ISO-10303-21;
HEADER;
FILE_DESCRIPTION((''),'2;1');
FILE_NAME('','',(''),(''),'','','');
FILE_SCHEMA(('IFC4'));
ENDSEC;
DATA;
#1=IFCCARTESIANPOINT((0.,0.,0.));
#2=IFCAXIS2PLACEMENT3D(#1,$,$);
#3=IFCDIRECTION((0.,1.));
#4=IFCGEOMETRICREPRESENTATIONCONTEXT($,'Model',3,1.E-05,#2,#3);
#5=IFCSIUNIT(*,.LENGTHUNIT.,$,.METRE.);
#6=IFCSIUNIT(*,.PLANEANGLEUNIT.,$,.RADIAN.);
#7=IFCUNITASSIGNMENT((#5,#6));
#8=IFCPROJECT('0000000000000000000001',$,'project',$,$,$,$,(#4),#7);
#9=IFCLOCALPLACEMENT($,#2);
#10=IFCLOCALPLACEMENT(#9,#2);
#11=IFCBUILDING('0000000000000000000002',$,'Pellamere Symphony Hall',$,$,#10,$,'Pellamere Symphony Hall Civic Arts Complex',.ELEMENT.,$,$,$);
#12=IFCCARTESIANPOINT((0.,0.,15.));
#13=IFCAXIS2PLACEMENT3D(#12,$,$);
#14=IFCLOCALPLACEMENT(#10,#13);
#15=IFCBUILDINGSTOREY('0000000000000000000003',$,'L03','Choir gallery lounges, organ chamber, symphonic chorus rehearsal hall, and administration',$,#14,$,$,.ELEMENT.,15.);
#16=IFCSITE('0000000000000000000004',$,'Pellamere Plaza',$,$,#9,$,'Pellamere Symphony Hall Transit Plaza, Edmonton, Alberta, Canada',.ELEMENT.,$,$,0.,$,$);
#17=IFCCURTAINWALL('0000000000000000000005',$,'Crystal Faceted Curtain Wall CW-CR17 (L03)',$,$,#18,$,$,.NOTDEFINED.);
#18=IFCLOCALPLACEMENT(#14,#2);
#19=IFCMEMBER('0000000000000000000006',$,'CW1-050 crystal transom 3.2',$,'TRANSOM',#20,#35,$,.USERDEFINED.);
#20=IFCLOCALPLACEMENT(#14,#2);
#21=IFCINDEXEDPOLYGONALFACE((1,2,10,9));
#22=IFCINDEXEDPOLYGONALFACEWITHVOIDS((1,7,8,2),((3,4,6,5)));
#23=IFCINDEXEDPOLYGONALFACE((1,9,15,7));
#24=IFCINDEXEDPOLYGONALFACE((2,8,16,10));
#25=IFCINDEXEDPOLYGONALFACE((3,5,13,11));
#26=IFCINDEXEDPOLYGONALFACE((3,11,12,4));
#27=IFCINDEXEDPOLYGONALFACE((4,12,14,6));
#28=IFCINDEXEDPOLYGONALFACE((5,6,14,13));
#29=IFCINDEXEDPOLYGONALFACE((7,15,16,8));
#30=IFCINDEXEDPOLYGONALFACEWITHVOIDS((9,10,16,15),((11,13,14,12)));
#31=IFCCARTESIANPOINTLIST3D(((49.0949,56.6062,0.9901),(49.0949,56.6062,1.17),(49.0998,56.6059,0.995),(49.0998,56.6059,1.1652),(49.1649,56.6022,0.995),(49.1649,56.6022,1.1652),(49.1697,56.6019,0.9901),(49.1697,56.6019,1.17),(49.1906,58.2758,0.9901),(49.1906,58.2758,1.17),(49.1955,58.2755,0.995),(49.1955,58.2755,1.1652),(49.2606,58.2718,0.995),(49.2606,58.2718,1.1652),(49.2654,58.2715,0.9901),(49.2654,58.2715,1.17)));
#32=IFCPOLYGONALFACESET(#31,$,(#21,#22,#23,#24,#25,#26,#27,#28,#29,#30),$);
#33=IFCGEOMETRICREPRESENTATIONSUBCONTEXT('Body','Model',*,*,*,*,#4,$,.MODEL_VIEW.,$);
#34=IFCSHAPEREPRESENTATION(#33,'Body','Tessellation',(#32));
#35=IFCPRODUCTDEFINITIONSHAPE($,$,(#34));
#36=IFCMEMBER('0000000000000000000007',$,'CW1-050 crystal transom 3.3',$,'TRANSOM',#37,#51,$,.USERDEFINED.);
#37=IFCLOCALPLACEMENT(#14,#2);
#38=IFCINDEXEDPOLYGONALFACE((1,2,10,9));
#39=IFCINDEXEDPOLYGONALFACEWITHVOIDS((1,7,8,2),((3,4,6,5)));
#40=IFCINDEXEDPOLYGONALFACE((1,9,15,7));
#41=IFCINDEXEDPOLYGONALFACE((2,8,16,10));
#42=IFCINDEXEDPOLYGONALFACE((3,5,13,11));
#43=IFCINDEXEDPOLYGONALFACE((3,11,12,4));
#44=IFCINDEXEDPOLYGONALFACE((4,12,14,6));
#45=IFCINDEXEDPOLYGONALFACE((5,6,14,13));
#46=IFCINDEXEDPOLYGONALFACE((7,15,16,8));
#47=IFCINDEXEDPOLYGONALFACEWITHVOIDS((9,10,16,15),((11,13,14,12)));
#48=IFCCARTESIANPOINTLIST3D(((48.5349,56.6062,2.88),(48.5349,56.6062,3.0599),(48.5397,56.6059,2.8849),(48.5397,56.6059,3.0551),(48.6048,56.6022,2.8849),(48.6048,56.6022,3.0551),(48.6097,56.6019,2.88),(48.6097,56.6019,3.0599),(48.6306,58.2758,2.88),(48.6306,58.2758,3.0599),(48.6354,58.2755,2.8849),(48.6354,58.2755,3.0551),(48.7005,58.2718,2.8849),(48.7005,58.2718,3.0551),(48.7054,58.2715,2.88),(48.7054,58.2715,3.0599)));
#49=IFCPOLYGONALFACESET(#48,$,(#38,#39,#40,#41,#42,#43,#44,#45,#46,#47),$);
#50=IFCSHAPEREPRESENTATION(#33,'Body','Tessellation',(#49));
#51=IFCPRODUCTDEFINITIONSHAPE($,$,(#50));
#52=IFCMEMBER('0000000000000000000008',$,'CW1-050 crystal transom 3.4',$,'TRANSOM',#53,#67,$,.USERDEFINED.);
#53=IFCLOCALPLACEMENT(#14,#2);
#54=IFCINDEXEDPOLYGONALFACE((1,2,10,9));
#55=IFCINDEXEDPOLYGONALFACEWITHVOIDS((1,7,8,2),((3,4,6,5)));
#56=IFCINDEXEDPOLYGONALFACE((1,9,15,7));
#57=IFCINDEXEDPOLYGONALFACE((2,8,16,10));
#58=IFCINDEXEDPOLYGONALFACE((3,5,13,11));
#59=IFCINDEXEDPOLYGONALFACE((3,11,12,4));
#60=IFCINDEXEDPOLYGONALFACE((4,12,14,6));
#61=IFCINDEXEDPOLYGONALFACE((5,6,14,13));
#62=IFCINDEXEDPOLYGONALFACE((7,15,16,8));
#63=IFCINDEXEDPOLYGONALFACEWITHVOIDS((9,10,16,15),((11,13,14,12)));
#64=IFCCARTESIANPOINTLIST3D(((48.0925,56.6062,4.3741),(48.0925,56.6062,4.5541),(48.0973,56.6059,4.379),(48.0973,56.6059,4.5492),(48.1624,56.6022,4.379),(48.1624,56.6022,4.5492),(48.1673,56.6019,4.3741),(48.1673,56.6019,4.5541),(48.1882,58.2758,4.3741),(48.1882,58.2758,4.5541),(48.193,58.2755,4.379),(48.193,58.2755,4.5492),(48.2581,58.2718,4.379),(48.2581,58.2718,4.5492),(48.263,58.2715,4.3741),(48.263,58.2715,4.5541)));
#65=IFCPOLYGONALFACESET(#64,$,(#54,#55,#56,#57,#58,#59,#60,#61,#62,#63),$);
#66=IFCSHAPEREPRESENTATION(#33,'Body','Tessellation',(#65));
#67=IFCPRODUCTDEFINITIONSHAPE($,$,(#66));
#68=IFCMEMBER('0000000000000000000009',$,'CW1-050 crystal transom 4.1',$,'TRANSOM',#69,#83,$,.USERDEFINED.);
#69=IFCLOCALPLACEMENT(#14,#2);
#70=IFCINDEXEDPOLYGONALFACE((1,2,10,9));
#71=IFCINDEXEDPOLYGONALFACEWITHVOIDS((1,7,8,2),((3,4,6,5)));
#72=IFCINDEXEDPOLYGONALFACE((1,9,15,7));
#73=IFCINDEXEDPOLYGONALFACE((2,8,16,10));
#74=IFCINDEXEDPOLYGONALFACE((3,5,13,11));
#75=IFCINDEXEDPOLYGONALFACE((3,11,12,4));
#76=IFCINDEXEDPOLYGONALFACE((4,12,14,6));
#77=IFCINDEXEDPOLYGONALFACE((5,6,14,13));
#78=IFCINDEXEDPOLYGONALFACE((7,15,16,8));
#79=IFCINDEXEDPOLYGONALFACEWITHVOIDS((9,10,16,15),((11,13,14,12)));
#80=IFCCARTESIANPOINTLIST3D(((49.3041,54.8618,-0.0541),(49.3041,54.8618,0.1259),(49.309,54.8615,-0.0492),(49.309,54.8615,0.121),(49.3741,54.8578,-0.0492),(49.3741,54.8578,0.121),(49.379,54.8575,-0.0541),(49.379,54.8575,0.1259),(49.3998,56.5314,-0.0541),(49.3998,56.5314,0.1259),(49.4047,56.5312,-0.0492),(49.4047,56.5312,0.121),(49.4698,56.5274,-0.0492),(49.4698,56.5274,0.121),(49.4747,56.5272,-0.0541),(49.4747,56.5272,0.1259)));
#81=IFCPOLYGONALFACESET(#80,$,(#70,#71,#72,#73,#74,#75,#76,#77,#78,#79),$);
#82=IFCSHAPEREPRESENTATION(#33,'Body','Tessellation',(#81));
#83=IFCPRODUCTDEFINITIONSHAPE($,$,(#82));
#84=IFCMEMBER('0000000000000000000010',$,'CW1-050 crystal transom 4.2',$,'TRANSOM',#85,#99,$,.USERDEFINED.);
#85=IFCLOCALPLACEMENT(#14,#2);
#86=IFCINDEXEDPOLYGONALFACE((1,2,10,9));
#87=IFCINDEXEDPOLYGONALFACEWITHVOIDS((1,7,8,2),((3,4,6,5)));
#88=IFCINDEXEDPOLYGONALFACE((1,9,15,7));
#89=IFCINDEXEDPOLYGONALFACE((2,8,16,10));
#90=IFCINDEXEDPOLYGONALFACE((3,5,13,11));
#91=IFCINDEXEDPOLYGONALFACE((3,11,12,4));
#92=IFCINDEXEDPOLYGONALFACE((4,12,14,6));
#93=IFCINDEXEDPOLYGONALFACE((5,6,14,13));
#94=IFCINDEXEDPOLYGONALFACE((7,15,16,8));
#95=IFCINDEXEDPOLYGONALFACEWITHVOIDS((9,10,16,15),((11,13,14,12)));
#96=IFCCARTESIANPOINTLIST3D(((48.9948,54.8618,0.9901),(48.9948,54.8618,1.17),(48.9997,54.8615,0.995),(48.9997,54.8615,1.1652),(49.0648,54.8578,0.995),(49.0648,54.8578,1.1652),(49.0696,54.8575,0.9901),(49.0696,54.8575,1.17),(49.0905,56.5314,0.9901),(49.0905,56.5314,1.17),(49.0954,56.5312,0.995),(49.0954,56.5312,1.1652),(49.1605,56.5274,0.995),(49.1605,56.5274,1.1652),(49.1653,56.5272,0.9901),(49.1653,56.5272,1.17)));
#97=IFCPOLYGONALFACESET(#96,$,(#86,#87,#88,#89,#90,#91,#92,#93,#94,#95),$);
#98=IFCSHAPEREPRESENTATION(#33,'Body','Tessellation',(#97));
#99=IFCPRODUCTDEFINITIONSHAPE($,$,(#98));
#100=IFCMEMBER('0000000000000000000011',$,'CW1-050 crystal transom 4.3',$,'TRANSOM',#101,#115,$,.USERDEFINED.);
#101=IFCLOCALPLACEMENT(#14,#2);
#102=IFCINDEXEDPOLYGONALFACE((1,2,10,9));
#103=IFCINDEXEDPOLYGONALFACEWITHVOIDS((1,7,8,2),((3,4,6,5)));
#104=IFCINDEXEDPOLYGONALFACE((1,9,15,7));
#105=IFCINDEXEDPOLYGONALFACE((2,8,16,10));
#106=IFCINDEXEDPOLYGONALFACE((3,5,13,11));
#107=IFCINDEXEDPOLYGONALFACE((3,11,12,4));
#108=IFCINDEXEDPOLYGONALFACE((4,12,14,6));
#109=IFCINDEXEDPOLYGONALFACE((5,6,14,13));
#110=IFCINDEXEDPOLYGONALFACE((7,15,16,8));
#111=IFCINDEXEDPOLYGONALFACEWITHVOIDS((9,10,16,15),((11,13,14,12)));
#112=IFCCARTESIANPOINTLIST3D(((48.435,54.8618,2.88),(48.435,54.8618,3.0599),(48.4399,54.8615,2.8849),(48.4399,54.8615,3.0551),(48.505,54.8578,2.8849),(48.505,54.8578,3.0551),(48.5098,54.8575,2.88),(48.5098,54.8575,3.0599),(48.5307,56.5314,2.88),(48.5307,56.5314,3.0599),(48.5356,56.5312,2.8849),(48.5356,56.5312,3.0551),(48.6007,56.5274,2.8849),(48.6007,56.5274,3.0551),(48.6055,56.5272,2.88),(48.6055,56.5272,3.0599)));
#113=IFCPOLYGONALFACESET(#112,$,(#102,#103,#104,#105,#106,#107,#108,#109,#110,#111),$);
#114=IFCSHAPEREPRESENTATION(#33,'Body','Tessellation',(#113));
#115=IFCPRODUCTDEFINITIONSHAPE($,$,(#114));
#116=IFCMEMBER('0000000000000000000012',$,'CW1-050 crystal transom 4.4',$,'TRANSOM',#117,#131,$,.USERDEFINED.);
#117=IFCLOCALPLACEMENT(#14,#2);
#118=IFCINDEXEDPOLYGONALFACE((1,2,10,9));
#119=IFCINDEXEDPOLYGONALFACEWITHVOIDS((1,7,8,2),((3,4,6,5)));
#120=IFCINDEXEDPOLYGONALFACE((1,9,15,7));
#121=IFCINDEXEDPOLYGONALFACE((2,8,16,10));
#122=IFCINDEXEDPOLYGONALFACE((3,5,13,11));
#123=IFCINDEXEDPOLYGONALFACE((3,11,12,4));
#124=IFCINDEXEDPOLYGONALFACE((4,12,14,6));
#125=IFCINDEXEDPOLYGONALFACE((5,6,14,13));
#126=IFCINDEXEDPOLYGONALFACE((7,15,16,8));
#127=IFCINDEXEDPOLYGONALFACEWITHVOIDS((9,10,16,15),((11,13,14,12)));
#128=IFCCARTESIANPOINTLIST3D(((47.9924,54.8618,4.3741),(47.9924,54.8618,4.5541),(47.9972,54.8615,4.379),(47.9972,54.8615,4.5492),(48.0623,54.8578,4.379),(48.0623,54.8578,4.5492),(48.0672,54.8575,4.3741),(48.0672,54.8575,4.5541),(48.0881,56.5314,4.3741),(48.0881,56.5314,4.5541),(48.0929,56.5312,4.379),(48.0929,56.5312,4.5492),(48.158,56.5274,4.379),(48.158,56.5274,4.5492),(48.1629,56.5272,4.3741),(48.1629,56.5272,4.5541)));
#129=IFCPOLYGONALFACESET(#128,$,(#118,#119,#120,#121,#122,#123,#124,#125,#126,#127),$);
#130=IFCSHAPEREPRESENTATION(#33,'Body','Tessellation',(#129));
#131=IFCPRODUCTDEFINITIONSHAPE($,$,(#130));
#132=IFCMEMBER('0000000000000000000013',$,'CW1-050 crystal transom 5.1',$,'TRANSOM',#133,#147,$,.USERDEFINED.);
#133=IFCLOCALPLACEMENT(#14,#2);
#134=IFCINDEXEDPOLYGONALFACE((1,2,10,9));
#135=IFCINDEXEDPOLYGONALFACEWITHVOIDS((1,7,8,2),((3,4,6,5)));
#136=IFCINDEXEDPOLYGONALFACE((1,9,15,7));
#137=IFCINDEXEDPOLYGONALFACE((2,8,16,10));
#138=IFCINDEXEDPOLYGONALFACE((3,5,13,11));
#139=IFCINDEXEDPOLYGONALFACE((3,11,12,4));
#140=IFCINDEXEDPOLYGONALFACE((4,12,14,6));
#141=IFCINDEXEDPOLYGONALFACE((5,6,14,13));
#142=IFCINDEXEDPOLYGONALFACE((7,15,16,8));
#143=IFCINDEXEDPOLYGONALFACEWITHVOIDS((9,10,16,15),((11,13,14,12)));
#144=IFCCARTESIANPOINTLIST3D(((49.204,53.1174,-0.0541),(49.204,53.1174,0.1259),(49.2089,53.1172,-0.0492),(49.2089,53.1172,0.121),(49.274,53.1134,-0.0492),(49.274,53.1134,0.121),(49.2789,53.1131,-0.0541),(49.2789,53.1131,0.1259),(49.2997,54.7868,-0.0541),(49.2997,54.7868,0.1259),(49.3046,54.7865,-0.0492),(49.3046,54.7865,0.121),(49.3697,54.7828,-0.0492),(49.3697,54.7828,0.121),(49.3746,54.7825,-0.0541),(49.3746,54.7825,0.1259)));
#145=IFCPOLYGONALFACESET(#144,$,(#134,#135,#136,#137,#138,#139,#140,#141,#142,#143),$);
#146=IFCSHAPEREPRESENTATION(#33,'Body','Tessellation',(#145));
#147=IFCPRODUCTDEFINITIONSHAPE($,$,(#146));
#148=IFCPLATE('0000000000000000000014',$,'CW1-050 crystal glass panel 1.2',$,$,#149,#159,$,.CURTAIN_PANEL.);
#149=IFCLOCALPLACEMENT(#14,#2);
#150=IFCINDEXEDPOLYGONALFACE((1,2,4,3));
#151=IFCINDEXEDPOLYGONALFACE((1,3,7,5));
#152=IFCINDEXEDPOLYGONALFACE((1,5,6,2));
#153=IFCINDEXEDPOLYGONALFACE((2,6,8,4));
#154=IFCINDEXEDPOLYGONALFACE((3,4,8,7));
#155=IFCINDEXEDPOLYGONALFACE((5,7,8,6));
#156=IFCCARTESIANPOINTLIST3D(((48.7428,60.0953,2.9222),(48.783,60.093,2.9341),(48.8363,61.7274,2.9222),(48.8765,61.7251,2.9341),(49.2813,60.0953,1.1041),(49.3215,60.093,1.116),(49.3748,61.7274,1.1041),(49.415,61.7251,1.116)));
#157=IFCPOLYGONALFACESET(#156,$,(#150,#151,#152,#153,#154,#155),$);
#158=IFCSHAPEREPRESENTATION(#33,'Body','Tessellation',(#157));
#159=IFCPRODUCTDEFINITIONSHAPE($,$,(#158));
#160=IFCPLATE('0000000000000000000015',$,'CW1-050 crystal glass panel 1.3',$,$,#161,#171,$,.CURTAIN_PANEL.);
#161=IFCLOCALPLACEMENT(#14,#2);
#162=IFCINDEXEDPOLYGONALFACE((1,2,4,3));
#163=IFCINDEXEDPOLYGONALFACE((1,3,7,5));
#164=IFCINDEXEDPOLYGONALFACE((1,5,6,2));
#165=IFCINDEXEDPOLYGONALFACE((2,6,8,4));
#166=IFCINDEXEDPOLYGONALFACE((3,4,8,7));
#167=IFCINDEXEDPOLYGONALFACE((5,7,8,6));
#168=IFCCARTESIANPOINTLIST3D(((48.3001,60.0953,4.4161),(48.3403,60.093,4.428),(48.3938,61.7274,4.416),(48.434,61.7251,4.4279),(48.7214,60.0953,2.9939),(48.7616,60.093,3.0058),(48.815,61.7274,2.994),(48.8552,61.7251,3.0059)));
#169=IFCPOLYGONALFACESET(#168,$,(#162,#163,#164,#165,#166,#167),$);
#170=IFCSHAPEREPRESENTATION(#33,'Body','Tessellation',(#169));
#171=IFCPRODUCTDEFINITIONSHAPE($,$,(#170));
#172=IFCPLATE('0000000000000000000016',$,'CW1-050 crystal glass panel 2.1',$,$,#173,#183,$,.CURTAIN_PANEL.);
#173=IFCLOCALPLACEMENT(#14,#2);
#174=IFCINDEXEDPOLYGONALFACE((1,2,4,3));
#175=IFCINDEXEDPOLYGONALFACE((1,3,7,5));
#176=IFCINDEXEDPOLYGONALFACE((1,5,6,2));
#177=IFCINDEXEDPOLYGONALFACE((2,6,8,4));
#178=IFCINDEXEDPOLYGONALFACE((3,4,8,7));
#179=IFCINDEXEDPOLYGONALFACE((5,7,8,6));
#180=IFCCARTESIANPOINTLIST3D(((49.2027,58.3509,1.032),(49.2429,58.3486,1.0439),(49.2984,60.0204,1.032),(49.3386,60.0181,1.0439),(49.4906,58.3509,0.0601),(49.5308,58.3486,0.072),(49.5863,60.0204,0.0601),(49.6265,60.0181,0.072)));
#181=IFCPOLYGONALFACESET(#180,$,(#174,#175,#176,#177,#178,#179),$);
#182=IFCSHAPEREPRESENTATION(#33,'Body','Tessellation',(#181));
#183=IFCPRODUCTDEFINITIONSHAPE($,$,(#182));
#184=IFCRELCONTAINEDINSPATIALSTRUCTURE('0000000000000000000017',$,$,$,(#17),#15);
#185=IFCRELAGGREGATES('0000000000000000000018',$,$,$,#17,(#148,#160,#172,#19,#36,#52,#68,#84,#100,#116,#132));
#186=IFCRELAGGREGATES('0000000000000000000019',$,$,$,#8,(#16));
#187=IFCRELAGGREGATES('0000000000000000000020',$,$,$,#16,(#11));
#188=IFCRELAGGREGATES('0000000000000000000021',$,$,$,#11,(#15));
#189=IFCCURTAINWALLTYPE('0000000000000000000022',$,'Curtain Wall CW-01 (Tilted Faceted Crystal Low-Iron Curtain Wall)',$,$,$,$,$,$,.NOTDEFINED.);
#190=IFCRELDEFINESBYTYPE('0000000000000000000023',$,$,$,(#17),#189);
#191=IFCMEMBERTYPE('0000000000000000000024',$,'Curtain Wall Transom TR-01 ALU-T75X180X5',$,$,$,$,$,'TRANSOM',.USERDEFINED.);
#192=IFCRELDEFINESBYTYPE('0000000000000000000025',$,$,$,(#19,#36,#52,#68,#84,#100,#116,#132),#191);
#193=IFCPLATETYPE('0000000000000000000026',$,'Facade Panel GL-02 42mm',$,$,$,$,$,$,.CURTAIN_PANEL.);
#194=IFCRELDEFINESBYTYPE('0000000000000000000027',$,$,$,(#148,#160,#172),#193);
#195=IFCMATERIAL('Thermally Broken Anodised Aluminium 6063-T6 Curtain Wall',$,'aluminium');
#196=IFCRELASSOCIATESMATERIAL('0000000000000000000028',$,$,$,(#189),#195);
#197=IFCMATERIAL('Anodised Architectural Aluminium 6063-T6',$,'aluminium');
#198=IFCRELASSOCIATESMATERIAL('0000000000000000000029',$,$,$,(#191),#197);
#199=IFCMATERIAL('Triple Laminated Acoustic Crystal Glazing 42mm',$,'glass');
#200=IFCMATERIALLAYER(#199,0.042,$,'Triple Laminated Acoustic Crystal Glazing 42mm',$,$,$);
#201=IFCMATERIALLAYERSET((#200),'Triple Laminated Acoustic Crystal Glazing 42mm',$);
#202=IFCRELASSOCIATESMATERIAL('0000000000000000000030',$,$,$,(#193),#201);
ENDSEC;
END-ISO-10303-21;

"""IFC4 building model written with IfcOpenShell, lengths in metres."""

from ifc_helpers import new_model, si_unit, direction, frame, origin, origin_2d, place, context, subcontext, project, spatial, polyline, hollow_rectangle, outline, extrude, material, layer, layer_set, material_profile, profile_set, type_object, element, aggregate, save


model = new_model("IFC4")

# Units and contexts
model_context = context("Model", 3, precision=1e-05, world=origin(), true_north=direction((0.0, 1.0)))
body_context = subcontext(model_context, "Body", "Model", "MODEL_VIEW")
ifc_project = project(units=[si_unit("LENGTHUNIT", "METRE"), si_unit("PLANEANGLEUNIT", "RADIAN")], contexts=[model_context])

# Site, building, storey
site_placement = place(None, origin())
site = spatial("IfcSite", under=ifc_project, at=site_placement, Name="Pellamere Plaza", LongName="Pellamere Symphony Hall Transit Plaza, Edmonton, Alberta, Canada", CompositionType="ELEMENT", RefElevation=0.0)
building_placement = place(site_placement, origin())
building = spatial("IfcBuilding", under=site, at=building_placement, Name="Pellamere Symphony Hall", LongName="Pellamere Symphony Hall Civic Arts Complex", CompositionType="ELEMENT")
storey_placement = place(building_placement, frame((0.0, 0.0, 15.0)))
storey = spatial("IfcBuildingStorey", under=building, at=storey_placement, Name="L03", Description="Choir gallery lounges, organ chamber, symphonic chorus rehearsal hall, and administration", CompositionType="ELEMENT", Elevation=15.0)

# Curtain wall, members, plates
ifc_material_1 = material(Name="Thermally Broken Anodised Aluminium 6063-T6 Curtain Wall", Category="aluminium")
curtain_wall_type = type_object("IfcCurtainWallType", Name="Curtain Wall CW-01 (Tilted Faceted Crystal Low-Iron Curtain Wall)", PredefinedType="NOTDEFINED", material=ifc_material_1)
curtain_wall_placement = place(storey_placement, origin())
curtain_wall = element("IfcCurtainWall", 1, at=curtain_wall_placement, inside=storey, type_object=curtain_wall_type, Name="Crystal Faceted Curtain Wall CW-CR17 (L03)", PredefinedType="NOTDEFINED")
ifc_material_2 = material(Name="Anodised Architectural Aluminium 6063-T6", Category="aluminium")
ifc_material_profile_1 = material_profile(ifc_material_2, hollow_rectangle(XDim=0.075, YDim=0.1799, WallThickness=0.0049, at=origin_2d()), Name="ALU-T75X180X5")
ifc_profile_set_1 = profile_set([ifc_material_profile_1], Name="Anodised Architectural Aluminium 6063-T6")
member_type_1 = type_object("IfcMemberType", Name="Curtain Wall Transom TR-01 ALU-T75X180X5", ElementType="TRANSOM", PredefinedType="USERDEFINED", material=ifc_profile_set_1)
member_1_placement = place(storey_placement, frame((49.228, 58.2737, 1.0801), z_axis=(-0.057224, -0.998361, 0.0), x_axis=(0.998361, -0.057224, 0.0)))
member_1 = element("IfcMember", 2, at=member_1_placement, type_object=member_type_1, Name="CW1-050 crystal transom 3.2", ObjectType="TRANSOM", PredefinedType="USERDEFINED", context=body_context, shape_type="SweptSolid", body=[
    extrude(hollow_rectangle(XDim=0.075, YDim=0.1799, WallThickness=0.0049, at=origin_2d()), origin(), (0.0, 0.0, 1.0), 1.6724),
])
member_2_placement = place(storey_placement, frame((48.668, 58.2737, 2.97), z_axis=(-0.057224, -0.998361, 0.0), x_axis=(0.998361, -0.057224, 0.0)))
member_2 = element("IfcMember", 3, at=member_2_placement, type_object=member_type_1, Name="CW1-050 crystal transom 3.3", ObjectType="TRANSOM", PredefinedType="USERDEFINED", context=body_context, shape_type="SweptSolid", body=[
    extrude(hollow_rectangle(XDim=0.075, YDim=0.1799, WallThickness=0.0049, at=origin_2d()), origin(), (0.0, 0.0, 1.0), 1.6724),
])
member_3_placement = place(storey_placement, frame((48.2256, 58.2737, 4.4641), z_axis=(-0.057224, -0.998361, 0.0), x_axis=(0.998361, -0.057224, 0.0)))
member_3 = element("IfcMember", 4, at=member_3_placement, type_object=member_type_1, Name="CW1-050 crystal transom 3.4", ObjectType="TRANSOM", PredefinedType="USERDEFINED", context=body_context, shape_type="SweptSolid", body=[
    extrude(hollow_rectangle(XDim=0.075, YDim=0.1799, WallThickness=0.0049, at=origin_2d()), origin(), (0.0, 0.0, 1.0), 1.6724),
])
member_4_placement = place(storey_placement, frame((49.4373, 56.5293, 0.0359), z_axis=(-0.057224, -0.998361, 0.0), x_axis=(0.998361, -0.057224, 0.0)))
member_4 = element("IfcMember", 5, at=member_4_placement, type_object=member_type_1, Name="CW1-050 crystal transom 4.1", ObjectType="TRANSOM", PredefinedType="USERDEFINED", context=body_context, shape_type="SweptSolid", body=[
    extrude(hollow_rectangle(XDim=0.075, YDim=0.1799, WallThickness=0.0049, at=origin_2d()), origin(), (0.0, 0.0, 1.0), 1.6724),
])
member_5_placement = place(storey_placement, frame((49.1279, 56.5293, 1.0801), z_axis=(-0.057224, -0.998361, 0.0), x_axis=(0.998361, -0.057224, 0.0)))
member_5 = element("IfcMember", 6, at=member_5_placement, type_object=member_type_1, Name="CW1-050 crystal transom 4.2", ObjectType="TRANSOM", PredefinedType="USERDEFINED", context=body_context, shape_type="SweptSolid", body=[
    extrude(hollow_rectangle(XDim=0.075, YDim=0.1799, WallThickness=0.0049, at=origin_2d()), origin(), (0.0, 0.0, 1.0), 1.6724),
])
member_6_placement = place(storey_placement, frame((48.5681, 56.5293, 2.97), z_axis=(-0.057224, -0.998361, 0.0), x_axis=(0.998361, -0.057224, 0.0)))
member_6 = element("IfcMember", 7, at=member_6_placement, type_object=member_type_1, Name="CW1-050 crystal transom 4.3", ObjectType="TRANSOM", PredefinedType="USERDEFINED", context=body_context, shape_type="SweptSolid", body=[
    extrude(hollow_rectangle(XDim=0.075, YDim=0.1799, WallThickness=0.0049, at=origin_2d()), origin(), (0.0, 0.0, 1.0), 1.6724),
])
member_7_placement = place(storey_placement, frame((48.1255, 56.5293, 4.4641), z_axis=(-0.057224, -0.998361, 0.0), x_axis=(0.998361, -0.057224, 0.0)))
member_7 = element("IfcMember", 8, at=member_7_placement, type_object=member_type_1, Name="CW1-050 crystal transom 4.4", ObjectType="TRANSOM", PredefinedType="USERDEFINED", context=body_context, shape_type="SweptSolid", body=[
    extrude(hollow_rectangle(XDim=0.075, YDim=0.1799, WallThickness=0.0049, at=origin_2d()), origin(), (0.0, 0.0, 1.0), 1.6724),
])
member_8_placement = place(storey_placement, frame((49.3372, 54.7847, 0.0359), z_axis=(-0.057233, -0.998361, 0.0), x_axis=(0.998361, -0.057233, 0.0)))
member_8 = element("IfcMember", 9, at=member_8_placement, type_object=member_type_1, Name="CW1-050 crystal transom 5.1", ObjectType="TRANSOM", PredefinedType="USERDEFINED", context=body_context, shape_type="SweptSolid", body=[
    extrude(hollow_rectangle(XDim=0.075, YDim=0.1799, WallThickness=0.0049, at=origin_2d()), origin(), (0.0, 0.0, 1.0), 1.6721),
])
ifc_material_3 = material(Name="Triple Laminated Acoustic Crystal Glazing 42mm", Category="glass")
ifc_layer = layer(ifc_material_3, 0.042, Name="Triple Laminated Acoustic Crystal Glazing 42mm")
ifc_layer_set = layer_set([ifc_layer], Name="Triple Laminated Acoustic Crystal Glazing 42mm")
plate_type = type_object("IfcPlateType", Name="Facade Panel GL-02 42mm", PredefinedType="CURTAIN_PANEL", material=ifc_layer_set)
plate_1_placement = place(storey_placement, frame((49.415, 61.7251, 1.116), z_axis=(0.957373, -0.05485, 0.283599), x_axis=(-0.057199, -0.998363, 0.0)))
plate_1 = element("IfcPlate", 10, at=plate_1_placement, type_object=plate_type, Name="CW1-050 crystal glass panel 1.2", PredefinedType="CURTAIN_PANEL", context=body_context, shape_type="SweptSolid", body=[
    extrude(outline(polyline([(0.0, 0.0), (1.6348, 0.0), (1.6656, -1.896), (0.0308, -1.896), (0.0, 0.0)])), origin(), (0.0, 0.0, -1.0), 0.042),
])
plate_2_placement = place(storey_placement, frame((48.8552, 61.7251, 3.0059), z_axis=(0.95737, -0.054922, 0.283595), x_axis=(-0.057267, -0.998359, -0.00002)))
plate_2 = element("IfcPlate", 11, at=plate_2_placement, type_object=plate_type, Name="CW1-050 crystal glass panel 1.3", PredefinedType="CURTAIN_PANEL", context=body_context, shape_type="SweptSolid", body=[
    extrude(outline(polyline([(0.0, 0.0), (1.6348, 0.0), (1.6589, -1.483), (0.0241, -1.483), (0.0, 0.0)])), origin(), (0.0, 0.0, -1.0), 0.042),
])
plate_3_placement = place(storey_placement, frame((49.6265, 60.0181, 0.072), z_axis=(0.957389, -0.054884, 0.283537), x_axis=(-0.057233, -0.998361, 0.0)))
plate_3 = element("IfcPlate", 12, at=plate_3_placement, type_object=plate_type, Name="CW1-050 crystal glass panel 2.1", PredefinedType="CURTAIN_PANEL", context=body_context, shape_type="SweptSolid", body=[
    extrude(outline(polyline([(0.0, 0.0), (1.6722, 0.0), (1.6886, -1.0135), (0.0165, -1.0135), (0.0, 0.0)])), origin(), (0.0, 0.0, -1.0), 0.042),
])
aggregate(curtain_wall, [plate_1, plate_2, plate_3, member_1, member_2, member_3, member_4, member_5, member_6, member_7, member_8])

save(model, "model.ifc")
